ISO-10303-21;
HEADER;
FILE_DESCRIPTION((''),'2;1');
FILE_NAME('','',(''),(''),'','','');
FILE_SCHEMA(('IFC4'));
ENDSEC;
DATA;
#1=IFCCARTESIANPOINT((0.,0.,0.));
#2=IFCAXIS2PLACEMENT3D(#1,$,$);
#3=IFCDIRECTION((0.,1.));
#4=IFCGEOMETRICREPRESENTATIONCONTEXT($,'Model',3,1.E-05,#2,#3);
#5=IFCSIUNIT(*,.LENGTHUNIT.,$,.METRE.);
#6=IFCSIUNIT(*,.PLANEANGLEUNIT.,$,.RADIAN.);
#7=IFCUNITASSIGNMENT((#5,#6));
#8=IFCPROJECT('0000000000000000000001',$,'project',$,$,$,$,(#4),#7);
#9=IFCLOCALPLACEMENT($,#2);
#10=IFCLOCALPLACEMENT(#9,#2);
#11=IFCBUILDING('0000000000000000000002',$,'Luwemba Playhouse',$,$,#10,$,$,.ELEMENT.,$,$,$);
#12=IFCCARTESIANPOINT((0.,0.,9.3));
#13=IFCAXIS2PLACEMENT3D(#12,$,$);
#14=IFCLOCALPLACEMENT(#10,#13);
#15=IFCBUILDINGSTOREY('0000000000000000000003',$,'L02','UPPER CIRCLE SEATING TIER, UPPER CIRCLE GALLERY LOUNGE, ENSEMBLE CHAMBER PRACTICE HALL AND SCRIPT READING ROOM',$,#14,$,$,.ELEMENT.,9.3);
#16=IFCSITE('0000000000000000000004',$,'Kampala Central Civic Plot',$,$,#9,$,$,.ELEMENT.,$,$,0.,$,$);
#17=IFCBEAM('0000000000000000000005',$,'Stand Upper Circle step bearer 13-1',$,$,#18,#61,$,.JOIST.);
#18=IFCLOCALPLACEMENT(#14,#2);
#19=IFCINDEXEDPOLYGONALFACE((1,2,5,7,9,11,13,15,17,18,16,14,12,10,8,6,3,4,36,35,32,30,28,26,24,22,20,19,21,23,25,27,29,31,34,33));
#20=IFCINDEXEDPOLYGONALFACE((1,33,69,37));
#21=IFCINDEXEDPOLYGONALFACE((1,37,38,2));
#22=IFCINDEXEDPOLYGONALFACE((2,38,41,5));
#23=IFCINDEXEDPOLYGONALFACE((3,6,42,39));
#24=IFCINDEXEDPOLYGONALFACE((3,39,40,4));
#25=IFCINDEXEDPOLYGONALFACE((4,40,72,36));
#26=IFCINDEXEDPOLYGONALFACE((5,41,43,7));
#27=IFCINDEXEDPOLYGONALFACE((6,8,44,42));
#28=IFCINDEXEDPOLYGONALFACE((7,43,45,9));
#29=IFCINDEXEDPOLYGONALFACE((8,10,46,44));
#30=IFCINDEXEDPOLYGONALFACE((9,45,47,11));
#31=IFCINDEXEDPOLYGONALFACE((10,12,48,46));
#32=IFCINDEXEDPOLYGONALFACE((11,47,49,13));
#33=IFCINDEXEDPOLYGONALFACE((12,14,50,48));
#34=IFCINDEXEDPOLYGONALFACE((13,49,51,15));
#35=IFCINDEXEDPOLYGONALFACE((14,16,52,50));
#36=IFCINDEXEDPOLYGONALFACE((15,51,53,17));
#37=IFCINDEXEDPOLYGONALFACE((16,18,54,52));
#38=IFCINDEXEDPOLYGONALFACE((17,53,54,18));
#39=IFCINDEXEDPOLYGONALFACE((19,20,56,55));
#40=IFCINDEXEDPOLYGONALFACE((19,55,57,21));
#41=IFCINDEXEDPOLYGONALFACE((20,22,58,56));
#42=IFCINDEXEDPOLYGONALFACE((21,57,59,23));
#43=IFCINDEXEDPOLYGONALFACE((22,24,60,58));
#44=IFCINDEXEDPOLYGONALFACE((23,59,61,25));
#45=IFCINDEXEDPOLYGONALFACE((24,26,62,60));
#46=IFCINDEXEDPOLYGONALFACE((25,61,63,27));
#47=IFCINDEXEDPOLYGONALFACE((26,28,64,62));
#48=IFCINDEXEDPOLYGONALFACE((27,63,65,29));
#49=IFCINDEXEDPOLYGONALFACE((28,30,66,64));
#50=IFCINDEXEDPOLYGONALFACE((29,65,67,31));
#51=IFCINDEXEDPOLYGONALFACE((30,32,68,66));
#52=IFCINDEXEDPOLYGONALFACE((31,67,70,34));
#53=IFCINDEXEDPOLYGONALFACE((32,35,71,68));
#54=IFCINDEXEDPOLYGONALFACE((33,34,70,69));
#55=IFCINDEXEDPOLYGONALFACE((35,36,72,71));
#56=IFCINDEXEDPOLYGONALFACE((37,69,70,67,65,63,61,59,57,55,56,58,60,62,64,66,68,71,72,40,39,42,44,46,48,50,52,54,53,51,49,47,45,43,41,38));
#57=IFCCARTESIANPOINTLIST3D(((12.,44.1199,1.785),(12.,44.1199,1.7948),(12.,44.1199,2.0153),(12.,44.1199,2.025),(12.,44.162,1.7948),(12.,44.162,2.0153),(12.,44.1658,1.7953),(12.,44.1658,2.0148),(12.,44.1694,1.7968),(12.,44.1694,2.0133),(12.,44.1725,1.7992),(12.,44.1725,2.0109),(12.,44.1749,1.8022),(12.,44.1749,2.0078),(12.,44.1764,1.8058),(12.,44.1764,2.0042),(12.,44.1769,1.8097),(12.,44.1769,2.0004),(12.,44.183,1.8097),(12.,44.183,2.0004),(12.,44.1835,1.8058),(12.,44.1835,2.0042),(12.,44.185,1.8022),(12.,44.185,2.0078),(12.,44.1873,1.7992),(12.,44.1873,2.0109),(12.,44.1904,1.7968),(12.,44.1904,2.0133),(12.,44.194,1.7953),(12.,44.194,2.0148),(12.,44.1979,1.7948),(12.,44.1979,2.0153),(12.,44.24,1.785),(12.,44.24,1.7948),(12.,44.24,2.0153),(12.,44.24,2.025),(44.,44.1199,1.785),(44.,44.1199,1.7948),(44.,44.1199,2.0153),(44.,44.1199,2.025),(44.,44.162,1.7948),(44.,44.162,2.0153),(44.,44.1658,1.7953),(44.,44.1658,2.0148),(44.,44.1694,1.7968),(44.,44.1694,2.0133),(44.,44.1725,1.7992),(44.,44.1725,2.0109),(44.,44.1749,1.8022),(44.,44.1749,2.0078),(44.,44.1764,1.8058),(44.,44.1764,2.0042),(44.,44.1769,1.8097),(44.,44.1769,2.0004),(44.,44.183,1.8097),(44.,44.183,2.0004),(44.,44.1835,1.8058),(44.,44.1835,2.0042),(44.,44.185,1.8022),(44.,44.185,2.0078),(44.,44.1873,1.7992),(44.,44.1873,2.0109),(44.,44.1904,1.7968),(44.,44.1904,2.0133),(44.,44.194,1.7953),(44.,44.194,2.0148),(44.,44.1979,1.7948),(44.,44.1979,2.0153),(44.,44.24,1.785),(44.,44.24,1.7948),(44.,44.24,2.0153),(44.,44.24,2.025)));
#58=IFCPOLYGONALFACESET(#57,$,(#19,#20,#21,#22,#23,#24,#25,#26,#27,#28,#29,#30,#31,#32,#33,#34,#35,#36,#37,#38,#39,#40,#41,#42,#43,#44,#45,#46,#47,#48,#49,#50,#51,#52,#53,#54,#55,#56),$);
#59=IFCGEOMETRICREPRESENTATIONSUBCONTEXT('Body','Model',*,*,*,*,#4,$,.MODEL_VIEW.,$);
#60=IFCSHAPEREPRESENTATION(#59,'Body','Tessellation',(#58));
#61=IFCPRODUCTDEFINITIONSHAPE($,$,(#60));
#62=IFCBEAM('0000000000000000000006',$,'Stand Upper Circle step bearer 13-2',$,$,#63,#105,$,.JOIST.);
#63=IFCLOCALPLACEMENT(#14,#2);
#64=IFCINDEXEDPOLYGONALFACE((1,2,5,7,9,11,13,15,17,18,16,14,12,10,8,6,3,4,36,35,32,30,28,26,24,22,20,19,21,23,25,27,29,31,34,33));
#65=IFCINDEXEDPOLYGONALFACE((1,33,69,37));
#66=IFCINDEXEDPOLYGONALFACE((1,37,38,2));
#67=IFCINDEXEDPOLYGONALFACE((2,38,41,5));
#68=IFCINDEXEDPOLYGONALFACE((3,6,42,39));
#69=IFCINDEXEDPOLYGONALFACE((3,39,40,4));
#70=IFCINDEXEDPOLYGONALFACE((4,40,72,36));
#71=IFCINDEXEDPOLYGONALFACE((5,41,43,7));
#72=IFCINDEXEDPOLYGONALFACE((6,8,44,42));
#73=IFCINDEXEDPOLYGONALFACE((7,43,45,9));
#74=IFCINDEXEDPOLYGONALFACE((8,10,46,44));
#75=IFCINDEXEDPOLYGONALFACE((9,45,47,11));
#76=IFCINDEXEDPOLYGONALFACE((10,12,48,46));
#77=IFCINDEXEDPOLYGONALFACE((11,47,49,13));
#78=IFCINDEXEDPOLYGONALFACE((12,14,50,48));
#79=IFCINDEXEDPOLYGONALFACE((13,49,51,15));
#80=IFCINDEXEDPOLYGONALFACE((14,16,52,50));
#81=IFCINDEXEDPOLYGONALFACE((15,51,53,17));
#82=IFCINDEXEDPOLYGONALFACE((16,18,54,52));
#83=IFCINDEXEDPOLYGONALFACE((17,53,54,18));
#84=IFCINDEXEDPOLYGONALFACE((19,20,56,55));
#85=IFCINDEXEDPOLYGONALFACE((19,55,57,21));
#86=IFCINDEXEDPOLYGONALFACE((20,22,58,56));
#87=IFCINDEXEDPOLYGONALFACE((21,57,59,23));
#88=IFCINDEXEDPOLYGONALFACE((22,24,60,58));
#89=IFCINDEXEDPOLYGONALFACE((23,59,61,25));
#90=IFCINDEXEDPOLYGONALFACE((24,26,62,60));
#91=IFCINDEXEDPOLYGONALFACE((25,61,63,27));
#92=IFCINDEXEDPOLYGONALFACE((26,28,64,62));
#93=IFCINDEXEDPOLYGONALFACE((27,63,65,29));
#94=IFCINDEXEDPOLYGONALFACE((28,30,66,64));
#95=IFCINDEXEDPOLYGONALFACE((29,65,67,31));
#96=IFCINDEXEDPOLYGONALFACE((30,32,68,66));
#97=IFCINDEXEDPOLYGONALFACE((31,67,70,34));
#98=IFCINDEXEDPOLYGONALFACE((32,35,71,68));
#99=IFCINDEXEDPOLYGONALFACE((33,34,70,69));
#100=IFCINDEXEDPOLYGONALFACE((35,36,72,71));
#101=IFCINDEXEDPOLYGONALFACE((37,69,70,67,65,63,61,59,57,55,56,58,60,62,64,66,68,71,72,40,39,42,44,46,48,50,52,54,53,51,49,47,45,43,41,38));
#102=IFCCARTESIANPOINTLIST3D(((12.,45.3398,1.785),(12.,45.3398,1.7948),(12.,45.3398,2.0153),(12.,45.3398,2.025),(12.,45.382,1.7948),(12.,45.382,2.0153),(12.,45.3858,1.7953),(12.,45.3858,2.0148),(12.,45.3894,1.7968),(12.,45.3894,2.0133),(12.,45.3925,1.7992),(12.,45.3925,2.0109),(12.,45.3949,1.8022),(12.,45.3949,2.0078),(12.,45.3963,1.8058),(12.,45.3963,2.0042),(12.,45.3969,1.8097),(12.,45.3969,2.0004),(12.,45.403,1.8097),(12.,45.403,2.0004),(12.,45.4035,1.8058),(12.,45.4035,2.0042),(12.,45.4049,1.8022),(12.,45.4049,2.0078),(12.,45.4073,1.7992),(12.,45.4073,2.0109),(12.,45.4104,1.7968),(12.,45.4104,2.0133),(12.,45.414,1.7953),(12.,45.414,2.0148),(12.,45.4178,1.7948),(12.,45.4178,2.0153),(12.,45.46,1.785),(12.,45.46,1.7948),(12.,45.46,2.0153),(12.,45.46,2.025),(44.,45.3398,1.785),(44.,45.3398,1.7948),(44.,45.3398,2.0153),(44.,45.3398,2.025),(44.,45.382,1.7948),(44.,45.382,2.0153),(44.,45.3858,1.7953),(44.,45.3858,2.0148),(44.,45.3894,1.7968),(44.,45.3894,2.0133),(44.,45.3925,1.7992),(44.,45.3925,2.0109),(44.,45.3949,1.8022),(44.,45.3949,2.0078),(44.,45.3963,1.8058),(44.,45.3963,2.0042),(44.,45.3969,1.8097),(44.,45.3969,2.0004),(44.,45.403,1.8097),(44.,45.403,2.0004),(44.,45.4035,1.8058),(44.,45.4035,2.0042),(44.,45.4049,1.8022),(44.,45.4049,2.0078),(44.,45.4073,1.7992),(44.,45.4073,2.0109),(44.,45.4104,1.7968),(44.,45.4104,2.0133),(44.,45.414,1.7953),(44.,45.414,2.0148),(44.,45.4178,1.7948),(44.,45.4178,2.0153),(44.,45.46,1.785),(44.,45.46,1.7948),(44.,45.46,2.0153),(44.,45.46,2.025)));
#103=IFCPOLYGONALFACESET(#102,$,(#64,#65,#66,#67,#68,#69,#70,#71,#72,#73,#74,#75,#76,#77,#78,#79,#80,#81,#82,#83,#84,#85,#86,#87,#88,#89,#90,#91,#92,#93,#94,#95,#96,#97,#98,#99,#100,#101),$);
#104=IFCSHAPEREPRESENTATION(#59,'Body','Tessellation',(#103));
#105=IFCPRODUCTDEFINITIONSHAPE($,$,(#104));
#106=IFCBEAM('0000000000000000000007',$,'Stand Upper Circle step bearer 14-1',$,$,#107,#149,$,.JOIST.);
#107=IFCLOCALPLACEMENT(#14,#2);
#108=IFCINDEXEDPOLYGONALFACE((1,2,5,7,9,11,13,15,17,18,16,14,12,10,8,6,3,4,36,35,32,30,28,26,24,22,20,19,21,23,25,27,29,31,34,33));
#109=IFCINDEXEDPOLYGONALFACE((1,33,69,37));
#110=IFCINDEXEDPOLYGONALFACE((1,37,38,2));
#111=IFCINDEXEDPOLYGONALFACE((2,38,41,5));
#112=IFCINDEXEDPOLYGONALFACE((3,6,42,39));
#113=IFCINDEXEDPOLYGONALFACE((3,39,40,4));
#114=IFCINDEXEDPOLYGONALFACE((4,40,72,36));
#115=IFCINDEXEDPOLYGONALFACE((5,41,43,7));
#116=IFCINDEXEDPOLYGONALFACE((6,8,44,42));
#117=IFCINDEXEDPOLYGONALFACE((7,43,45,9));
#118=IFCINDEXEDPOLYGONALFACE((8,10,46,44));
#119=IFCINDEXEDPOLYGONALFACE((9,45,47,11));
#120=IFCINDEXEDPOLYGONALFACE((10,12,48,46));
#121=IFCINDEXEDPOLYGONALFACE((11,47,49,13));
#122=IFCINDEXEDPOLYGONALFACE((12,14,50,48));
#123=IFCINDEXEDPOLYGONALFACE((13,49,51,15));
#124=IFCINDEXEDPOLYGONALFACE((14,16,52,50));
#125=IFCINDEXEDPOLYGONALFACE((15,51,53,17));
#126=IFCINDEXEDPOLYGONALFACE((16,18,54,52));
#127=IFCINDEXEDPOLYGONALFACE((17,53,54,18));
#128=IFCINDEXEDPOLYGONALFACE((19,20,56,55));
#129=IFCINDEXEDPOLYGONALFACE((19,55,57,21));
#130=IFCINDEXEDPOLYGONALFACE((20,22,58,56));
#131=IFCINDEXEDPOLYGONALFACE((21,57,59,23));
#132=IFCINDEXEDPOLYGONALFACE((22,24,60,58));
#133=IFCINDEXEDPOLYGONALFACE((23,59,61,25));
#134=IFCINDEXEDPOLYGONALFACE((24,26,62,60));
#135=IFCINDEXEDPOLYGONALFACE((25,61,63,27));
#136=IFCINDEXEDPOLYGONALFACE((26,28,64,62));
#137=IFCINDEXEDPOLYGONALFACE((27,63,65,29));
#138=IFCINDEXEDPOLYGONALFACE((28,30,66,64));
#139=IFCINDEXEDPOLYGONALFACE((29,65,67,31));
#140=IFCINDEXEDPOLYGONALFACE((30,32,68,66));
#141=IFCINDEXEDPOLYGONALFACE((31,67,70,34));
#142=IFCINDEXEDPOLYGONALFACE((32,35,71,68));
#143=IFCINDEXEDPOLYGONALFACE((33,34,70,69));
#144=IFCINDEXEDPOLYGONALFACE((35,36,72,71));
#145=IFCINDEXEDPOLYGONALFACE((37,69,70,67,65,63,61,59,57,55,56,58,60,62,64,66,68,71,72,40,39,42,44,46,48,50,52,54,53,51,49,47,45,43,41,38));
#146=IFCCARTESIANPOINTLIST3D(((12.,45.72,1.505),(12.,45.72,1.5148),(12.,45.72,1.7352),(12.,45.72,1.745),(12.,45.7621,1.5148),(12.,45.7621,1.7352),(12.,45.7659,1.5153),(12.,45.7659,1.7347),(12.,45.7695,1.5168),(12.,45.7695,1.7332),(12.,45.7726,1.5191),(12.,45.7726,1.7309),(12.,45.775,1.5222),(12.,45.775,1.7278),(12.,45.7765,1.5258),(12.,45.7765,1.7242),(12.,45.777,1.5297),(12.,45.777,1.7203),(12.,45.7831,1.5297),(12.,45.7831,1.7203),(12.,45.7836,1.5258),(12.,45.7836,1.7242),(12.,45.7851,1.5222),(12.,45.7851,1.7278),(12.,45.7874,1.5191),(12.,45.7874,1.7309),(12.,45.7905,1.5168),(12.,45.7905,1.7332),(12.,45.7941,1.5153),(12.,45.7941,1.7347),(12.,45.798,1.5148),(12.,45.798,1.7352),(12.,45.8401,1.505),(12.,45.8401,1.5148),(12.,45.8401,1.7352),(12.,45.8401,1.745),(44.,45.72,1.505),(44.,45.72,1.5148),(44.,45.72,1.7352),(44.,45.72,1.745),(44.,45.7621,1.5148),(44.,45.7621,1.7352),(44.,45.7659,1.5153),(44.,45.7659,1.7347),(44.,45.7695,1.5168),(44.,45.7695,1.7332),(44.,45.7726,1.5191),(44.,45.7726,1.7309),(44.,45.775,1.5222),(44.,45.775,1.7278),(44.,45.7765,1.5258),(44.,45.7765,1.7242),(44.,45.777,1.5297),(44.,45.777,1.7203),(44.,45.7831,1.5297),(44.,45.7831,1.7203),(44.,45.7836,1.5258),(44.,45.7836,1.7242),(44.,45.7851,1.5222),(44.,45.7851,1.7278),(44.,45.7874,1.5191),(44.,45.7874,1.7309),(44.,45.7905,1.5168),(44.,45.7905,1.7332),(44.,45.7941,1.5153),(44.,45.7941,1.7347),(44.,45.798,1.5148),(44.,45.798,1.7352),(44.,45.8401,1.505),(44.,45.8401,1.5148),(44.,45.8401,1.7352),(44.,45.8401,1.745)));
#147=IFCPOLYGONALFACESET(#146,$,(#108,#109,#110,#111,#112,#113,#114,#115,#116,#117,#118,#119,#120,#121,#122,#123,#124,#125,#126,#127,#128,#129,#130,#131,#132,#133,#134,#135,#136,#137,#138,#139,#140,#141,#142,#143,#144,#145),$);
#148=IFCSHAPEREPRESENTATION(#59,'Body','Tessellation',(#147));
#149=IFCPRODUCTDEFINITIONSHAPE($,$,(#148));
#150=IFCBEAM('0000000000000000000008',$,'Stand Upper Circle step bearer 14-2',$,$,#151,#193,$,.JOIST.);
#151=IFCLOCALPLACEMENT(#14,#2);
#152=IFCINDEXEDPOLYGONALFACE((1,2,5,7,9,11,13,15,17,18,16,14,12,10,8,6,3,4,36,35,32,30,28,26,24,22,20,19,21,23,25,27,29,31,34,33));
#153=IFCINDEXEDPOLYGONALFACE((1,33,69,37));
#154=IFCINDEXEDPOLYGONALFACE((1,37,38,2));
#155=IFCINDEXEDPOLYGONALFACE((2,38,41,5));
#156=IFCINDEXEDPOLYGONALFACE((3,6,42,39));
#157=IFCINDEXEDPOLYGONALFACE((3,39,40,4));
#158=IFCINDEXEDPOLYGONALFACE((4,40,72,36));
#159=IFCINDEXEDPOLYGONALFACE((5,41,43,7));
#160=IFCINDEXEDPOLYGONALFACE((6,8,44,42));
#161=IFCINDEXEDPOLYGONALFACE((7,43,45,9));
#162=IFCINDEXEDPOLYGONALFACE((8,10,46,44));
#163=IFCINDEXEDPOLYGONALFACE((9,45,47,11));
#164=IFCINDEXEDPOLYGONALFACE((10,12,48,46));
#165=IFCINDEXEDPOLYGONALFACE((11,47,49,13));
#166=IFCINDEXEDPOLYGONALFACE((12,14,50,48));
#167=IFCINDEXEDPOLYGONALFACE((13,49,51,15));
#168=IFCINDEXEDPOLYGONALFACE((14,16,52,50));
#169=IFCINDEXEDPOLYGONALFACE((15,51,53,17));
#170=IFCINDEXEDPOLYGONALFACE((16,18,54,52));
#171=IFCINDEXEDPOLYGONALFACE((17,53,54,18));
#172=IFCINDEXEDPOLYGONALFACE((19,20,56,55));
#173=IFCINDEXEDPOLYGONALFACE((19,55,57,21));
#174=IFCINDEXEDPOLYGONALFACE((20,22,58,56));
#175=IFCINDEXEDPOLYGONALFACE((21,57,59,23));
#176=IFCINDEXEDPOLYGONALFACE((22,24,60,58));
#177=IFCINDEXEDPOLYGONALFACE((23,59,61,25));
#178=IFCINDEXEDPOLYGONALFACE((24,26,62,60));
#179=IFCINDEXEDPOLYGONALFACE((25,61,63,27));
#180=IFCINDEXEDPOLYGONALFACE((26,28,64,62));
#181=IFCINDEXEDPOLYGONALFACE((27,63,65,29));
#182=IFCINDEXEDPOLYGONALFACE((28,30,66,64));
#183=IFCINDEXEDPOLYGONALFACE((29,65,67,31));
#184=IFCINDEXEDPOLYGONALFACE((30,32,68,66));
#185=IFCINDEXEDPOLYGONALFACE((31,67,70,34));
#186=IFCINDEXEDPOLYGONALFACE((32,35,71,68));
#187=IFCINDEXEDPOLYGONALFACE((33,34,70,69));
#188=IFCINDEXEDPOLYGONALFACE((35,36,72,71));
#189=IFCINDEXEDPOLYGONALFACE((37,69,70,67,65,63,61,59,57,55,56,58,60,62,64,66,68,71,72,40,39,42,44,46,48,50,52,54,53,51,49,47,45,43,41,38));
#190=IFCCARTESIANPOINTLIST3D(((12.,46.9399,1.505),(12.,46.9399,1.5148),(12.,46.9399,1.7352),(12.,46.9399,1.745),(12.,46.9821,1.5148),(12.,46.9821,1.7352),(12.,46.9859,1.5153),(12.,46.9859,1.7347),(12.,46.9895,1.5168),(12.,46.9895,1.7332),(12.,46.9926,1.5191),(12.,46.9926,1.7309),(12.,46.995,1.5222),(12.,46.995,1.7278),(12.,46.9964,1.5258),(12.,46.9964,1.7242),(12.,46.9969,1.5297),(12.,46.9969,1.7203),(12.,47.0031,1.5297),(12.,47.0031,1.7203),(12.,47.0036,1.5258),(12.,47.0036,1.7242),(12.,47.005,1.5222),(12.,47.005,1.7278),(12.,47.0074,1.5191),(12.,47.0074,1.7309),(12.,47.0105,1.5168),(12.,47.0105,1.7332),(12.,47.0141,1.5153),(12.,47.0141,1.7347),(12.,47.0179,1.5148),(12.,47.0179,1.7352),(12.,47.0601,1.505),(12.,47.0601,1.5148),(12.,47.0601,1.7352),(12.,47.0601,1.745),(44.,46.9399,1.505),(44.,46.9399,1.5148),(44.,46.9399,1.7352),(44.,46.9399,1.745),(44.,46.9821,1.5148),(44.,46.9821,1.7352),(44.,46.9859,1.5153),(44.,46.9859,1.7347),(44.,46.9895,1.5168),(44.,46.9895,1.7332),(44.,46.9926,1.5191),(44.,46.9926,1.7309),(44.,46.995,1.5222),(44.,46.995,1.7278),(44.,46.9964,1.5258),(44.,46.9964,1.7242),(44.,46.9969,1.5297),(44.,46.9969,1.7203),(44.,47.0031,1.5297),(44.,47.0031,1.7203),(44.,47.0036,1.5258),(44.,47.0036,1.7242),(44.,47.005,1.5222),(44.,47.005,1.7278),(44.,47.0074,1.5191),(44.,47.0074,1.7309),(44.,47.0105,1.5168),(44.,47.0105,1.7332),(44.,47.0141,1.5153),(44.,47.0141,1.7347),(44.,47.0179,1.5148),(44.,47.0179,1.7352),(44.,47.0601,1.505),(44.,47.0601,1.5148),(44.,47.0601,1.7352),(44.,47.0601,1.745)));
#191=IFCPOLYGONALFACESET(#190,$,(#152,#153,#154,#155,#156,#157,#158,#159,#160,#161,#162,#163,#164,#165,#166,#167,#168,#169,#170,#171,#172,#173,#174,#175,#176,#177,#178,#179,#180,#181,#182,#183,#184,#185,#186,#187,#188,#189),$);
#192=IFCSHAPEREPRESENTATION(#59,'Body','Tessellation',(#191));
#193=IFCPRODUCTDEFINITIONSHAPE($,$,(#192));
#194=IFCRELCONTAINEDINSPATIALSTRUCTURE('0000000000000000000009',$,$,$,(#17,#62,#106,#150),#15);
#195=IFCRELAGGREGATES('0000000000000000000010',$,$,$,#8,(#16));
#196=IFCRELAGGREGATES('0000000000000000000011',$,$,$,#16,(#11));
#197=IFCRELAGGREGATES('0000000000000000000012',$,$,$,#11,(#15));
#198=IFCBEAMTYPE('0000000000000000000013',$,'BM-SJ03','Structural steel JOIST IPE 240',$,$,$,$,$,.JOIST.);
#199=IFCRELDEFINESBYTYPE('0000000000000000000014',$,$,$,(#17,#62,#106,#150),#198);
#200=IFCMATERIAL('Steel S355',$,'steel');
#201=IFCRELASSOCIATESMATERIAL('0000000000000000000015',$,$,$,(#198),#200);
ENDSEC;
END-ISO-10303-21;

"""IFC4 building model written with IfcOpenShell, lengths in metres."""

from ifc_helpers import new_model, si_unit, direction, frame, origin, origin_2d, place, context, subcontext, project, spatial, i_section, extrude, material, material_profile, profile_set, type_object, element, save


model = new_model("IFC4")

# Units and contexts
model_context = context("Model", 3, precision=1e-05, world=origin(), true_north=direction((0.0, 1.0)))
body_context = subcontext(model_context, "Body", "Model", "MODEL_VIEW")
ifc_project = project(units=[si_unit("LENGTHUNIT", "METRE"), si_unit("PLANEANGLEUNIT", "RADIAN")], contexts=[model_context])

# Site, building, storey
site_placement = place(None, origin())
site = spatial("IfcSite", under=ifc_project, at=site_placement, Name="Kampala Central Civic Plot", CompositionType="ELEMENT", RefElevation=0.0)
building_placement = place(site_placement, origin())
building = spatial("IfcBuilding", under=site, at=building_placement, Name="Luwemba Playhouse", CompositionType="ELEMENT")
storey_placement = place(building_placement, frame((0.0, 0.0, 9.3)))
storey = spatial("IfcBuildingStorey", under=building, at=storey_placement, Name="L02", Description="UPPER CIRCLE SEATING TIER, UPPER CIRCLE GALLERY LOUNGE, ENSEMBLE CHAMBER PRACTICE HALL AND SCRIPT READING ROOM", CompositionType="ELEMENT", Elevation=9.3)

# Shared definitions
ifc_material_1 = material(Name="Steel S355", Category="steel")

# Beams
ifc_material_profile_1 = material_profile(ifc_material_1, i_section(OverallWidth=0.1201, OverallDepth=0.24, WebThickness=0.0061, FlangeThickness=0.0098, FilletRadius=0.0149, at=origin_2d()))
ifc_profile_set_1 = profile_set([ifc_material_profile_1], Name="Steel S355")
beam_type_1 = type_object("IfcBeamType", Name="BM-SJ03", Description="Structural steel JOIST IPE 240", PredefinedType="JOIST", material=ifc_profile_set_1)
for number, where, z_axis, x_axis, name in (
    (1, (12.0, 44.1799, 1.905), (1.0, 0.0, 0.0), (0.0, 1.0, 0.0), "Stand Upper Circle step bearer 13-1"),
    (2, (12.0, 45.3999, 1.905), (1.0, 0.0, 0.0), (0.0, 1.0, 0.0), "Stand Upper Circle step bearer 13-2"),
    (3, (12.0, 45.78, 1.625), (1.0, 0.0, 0.0), (0.0, 1.0, 0.0), "Stand Upper Circle step bearer 14-1"),
    (4, (12.0, 47.0, 1.625), (1.0, 0.0, 0.0), (0.0, 1.0, 0.0), "Stand Upper Circle step bearer 14-2"),
):
    element("IfcBeam", number, at=place(storey_placement, frame(where, z_axis=z_axis, x_axis=x_axis)), inside=storey, type_object=beam_type_1, Name=name, PredefinedType="JOIST", context=body_context, shape_type="SweptSolid", body=[
        extrude(i_section(OverallWidth=0.1201, OverallDepth=0.24, WebThickness=0.0061, FlangeThickness=0.0098, FilletRadius=0.0149, at=origin_2d()), origin(), (0.0, 0.0, 1.0), 32.0),
    ])

save(model, "model.ifc")
